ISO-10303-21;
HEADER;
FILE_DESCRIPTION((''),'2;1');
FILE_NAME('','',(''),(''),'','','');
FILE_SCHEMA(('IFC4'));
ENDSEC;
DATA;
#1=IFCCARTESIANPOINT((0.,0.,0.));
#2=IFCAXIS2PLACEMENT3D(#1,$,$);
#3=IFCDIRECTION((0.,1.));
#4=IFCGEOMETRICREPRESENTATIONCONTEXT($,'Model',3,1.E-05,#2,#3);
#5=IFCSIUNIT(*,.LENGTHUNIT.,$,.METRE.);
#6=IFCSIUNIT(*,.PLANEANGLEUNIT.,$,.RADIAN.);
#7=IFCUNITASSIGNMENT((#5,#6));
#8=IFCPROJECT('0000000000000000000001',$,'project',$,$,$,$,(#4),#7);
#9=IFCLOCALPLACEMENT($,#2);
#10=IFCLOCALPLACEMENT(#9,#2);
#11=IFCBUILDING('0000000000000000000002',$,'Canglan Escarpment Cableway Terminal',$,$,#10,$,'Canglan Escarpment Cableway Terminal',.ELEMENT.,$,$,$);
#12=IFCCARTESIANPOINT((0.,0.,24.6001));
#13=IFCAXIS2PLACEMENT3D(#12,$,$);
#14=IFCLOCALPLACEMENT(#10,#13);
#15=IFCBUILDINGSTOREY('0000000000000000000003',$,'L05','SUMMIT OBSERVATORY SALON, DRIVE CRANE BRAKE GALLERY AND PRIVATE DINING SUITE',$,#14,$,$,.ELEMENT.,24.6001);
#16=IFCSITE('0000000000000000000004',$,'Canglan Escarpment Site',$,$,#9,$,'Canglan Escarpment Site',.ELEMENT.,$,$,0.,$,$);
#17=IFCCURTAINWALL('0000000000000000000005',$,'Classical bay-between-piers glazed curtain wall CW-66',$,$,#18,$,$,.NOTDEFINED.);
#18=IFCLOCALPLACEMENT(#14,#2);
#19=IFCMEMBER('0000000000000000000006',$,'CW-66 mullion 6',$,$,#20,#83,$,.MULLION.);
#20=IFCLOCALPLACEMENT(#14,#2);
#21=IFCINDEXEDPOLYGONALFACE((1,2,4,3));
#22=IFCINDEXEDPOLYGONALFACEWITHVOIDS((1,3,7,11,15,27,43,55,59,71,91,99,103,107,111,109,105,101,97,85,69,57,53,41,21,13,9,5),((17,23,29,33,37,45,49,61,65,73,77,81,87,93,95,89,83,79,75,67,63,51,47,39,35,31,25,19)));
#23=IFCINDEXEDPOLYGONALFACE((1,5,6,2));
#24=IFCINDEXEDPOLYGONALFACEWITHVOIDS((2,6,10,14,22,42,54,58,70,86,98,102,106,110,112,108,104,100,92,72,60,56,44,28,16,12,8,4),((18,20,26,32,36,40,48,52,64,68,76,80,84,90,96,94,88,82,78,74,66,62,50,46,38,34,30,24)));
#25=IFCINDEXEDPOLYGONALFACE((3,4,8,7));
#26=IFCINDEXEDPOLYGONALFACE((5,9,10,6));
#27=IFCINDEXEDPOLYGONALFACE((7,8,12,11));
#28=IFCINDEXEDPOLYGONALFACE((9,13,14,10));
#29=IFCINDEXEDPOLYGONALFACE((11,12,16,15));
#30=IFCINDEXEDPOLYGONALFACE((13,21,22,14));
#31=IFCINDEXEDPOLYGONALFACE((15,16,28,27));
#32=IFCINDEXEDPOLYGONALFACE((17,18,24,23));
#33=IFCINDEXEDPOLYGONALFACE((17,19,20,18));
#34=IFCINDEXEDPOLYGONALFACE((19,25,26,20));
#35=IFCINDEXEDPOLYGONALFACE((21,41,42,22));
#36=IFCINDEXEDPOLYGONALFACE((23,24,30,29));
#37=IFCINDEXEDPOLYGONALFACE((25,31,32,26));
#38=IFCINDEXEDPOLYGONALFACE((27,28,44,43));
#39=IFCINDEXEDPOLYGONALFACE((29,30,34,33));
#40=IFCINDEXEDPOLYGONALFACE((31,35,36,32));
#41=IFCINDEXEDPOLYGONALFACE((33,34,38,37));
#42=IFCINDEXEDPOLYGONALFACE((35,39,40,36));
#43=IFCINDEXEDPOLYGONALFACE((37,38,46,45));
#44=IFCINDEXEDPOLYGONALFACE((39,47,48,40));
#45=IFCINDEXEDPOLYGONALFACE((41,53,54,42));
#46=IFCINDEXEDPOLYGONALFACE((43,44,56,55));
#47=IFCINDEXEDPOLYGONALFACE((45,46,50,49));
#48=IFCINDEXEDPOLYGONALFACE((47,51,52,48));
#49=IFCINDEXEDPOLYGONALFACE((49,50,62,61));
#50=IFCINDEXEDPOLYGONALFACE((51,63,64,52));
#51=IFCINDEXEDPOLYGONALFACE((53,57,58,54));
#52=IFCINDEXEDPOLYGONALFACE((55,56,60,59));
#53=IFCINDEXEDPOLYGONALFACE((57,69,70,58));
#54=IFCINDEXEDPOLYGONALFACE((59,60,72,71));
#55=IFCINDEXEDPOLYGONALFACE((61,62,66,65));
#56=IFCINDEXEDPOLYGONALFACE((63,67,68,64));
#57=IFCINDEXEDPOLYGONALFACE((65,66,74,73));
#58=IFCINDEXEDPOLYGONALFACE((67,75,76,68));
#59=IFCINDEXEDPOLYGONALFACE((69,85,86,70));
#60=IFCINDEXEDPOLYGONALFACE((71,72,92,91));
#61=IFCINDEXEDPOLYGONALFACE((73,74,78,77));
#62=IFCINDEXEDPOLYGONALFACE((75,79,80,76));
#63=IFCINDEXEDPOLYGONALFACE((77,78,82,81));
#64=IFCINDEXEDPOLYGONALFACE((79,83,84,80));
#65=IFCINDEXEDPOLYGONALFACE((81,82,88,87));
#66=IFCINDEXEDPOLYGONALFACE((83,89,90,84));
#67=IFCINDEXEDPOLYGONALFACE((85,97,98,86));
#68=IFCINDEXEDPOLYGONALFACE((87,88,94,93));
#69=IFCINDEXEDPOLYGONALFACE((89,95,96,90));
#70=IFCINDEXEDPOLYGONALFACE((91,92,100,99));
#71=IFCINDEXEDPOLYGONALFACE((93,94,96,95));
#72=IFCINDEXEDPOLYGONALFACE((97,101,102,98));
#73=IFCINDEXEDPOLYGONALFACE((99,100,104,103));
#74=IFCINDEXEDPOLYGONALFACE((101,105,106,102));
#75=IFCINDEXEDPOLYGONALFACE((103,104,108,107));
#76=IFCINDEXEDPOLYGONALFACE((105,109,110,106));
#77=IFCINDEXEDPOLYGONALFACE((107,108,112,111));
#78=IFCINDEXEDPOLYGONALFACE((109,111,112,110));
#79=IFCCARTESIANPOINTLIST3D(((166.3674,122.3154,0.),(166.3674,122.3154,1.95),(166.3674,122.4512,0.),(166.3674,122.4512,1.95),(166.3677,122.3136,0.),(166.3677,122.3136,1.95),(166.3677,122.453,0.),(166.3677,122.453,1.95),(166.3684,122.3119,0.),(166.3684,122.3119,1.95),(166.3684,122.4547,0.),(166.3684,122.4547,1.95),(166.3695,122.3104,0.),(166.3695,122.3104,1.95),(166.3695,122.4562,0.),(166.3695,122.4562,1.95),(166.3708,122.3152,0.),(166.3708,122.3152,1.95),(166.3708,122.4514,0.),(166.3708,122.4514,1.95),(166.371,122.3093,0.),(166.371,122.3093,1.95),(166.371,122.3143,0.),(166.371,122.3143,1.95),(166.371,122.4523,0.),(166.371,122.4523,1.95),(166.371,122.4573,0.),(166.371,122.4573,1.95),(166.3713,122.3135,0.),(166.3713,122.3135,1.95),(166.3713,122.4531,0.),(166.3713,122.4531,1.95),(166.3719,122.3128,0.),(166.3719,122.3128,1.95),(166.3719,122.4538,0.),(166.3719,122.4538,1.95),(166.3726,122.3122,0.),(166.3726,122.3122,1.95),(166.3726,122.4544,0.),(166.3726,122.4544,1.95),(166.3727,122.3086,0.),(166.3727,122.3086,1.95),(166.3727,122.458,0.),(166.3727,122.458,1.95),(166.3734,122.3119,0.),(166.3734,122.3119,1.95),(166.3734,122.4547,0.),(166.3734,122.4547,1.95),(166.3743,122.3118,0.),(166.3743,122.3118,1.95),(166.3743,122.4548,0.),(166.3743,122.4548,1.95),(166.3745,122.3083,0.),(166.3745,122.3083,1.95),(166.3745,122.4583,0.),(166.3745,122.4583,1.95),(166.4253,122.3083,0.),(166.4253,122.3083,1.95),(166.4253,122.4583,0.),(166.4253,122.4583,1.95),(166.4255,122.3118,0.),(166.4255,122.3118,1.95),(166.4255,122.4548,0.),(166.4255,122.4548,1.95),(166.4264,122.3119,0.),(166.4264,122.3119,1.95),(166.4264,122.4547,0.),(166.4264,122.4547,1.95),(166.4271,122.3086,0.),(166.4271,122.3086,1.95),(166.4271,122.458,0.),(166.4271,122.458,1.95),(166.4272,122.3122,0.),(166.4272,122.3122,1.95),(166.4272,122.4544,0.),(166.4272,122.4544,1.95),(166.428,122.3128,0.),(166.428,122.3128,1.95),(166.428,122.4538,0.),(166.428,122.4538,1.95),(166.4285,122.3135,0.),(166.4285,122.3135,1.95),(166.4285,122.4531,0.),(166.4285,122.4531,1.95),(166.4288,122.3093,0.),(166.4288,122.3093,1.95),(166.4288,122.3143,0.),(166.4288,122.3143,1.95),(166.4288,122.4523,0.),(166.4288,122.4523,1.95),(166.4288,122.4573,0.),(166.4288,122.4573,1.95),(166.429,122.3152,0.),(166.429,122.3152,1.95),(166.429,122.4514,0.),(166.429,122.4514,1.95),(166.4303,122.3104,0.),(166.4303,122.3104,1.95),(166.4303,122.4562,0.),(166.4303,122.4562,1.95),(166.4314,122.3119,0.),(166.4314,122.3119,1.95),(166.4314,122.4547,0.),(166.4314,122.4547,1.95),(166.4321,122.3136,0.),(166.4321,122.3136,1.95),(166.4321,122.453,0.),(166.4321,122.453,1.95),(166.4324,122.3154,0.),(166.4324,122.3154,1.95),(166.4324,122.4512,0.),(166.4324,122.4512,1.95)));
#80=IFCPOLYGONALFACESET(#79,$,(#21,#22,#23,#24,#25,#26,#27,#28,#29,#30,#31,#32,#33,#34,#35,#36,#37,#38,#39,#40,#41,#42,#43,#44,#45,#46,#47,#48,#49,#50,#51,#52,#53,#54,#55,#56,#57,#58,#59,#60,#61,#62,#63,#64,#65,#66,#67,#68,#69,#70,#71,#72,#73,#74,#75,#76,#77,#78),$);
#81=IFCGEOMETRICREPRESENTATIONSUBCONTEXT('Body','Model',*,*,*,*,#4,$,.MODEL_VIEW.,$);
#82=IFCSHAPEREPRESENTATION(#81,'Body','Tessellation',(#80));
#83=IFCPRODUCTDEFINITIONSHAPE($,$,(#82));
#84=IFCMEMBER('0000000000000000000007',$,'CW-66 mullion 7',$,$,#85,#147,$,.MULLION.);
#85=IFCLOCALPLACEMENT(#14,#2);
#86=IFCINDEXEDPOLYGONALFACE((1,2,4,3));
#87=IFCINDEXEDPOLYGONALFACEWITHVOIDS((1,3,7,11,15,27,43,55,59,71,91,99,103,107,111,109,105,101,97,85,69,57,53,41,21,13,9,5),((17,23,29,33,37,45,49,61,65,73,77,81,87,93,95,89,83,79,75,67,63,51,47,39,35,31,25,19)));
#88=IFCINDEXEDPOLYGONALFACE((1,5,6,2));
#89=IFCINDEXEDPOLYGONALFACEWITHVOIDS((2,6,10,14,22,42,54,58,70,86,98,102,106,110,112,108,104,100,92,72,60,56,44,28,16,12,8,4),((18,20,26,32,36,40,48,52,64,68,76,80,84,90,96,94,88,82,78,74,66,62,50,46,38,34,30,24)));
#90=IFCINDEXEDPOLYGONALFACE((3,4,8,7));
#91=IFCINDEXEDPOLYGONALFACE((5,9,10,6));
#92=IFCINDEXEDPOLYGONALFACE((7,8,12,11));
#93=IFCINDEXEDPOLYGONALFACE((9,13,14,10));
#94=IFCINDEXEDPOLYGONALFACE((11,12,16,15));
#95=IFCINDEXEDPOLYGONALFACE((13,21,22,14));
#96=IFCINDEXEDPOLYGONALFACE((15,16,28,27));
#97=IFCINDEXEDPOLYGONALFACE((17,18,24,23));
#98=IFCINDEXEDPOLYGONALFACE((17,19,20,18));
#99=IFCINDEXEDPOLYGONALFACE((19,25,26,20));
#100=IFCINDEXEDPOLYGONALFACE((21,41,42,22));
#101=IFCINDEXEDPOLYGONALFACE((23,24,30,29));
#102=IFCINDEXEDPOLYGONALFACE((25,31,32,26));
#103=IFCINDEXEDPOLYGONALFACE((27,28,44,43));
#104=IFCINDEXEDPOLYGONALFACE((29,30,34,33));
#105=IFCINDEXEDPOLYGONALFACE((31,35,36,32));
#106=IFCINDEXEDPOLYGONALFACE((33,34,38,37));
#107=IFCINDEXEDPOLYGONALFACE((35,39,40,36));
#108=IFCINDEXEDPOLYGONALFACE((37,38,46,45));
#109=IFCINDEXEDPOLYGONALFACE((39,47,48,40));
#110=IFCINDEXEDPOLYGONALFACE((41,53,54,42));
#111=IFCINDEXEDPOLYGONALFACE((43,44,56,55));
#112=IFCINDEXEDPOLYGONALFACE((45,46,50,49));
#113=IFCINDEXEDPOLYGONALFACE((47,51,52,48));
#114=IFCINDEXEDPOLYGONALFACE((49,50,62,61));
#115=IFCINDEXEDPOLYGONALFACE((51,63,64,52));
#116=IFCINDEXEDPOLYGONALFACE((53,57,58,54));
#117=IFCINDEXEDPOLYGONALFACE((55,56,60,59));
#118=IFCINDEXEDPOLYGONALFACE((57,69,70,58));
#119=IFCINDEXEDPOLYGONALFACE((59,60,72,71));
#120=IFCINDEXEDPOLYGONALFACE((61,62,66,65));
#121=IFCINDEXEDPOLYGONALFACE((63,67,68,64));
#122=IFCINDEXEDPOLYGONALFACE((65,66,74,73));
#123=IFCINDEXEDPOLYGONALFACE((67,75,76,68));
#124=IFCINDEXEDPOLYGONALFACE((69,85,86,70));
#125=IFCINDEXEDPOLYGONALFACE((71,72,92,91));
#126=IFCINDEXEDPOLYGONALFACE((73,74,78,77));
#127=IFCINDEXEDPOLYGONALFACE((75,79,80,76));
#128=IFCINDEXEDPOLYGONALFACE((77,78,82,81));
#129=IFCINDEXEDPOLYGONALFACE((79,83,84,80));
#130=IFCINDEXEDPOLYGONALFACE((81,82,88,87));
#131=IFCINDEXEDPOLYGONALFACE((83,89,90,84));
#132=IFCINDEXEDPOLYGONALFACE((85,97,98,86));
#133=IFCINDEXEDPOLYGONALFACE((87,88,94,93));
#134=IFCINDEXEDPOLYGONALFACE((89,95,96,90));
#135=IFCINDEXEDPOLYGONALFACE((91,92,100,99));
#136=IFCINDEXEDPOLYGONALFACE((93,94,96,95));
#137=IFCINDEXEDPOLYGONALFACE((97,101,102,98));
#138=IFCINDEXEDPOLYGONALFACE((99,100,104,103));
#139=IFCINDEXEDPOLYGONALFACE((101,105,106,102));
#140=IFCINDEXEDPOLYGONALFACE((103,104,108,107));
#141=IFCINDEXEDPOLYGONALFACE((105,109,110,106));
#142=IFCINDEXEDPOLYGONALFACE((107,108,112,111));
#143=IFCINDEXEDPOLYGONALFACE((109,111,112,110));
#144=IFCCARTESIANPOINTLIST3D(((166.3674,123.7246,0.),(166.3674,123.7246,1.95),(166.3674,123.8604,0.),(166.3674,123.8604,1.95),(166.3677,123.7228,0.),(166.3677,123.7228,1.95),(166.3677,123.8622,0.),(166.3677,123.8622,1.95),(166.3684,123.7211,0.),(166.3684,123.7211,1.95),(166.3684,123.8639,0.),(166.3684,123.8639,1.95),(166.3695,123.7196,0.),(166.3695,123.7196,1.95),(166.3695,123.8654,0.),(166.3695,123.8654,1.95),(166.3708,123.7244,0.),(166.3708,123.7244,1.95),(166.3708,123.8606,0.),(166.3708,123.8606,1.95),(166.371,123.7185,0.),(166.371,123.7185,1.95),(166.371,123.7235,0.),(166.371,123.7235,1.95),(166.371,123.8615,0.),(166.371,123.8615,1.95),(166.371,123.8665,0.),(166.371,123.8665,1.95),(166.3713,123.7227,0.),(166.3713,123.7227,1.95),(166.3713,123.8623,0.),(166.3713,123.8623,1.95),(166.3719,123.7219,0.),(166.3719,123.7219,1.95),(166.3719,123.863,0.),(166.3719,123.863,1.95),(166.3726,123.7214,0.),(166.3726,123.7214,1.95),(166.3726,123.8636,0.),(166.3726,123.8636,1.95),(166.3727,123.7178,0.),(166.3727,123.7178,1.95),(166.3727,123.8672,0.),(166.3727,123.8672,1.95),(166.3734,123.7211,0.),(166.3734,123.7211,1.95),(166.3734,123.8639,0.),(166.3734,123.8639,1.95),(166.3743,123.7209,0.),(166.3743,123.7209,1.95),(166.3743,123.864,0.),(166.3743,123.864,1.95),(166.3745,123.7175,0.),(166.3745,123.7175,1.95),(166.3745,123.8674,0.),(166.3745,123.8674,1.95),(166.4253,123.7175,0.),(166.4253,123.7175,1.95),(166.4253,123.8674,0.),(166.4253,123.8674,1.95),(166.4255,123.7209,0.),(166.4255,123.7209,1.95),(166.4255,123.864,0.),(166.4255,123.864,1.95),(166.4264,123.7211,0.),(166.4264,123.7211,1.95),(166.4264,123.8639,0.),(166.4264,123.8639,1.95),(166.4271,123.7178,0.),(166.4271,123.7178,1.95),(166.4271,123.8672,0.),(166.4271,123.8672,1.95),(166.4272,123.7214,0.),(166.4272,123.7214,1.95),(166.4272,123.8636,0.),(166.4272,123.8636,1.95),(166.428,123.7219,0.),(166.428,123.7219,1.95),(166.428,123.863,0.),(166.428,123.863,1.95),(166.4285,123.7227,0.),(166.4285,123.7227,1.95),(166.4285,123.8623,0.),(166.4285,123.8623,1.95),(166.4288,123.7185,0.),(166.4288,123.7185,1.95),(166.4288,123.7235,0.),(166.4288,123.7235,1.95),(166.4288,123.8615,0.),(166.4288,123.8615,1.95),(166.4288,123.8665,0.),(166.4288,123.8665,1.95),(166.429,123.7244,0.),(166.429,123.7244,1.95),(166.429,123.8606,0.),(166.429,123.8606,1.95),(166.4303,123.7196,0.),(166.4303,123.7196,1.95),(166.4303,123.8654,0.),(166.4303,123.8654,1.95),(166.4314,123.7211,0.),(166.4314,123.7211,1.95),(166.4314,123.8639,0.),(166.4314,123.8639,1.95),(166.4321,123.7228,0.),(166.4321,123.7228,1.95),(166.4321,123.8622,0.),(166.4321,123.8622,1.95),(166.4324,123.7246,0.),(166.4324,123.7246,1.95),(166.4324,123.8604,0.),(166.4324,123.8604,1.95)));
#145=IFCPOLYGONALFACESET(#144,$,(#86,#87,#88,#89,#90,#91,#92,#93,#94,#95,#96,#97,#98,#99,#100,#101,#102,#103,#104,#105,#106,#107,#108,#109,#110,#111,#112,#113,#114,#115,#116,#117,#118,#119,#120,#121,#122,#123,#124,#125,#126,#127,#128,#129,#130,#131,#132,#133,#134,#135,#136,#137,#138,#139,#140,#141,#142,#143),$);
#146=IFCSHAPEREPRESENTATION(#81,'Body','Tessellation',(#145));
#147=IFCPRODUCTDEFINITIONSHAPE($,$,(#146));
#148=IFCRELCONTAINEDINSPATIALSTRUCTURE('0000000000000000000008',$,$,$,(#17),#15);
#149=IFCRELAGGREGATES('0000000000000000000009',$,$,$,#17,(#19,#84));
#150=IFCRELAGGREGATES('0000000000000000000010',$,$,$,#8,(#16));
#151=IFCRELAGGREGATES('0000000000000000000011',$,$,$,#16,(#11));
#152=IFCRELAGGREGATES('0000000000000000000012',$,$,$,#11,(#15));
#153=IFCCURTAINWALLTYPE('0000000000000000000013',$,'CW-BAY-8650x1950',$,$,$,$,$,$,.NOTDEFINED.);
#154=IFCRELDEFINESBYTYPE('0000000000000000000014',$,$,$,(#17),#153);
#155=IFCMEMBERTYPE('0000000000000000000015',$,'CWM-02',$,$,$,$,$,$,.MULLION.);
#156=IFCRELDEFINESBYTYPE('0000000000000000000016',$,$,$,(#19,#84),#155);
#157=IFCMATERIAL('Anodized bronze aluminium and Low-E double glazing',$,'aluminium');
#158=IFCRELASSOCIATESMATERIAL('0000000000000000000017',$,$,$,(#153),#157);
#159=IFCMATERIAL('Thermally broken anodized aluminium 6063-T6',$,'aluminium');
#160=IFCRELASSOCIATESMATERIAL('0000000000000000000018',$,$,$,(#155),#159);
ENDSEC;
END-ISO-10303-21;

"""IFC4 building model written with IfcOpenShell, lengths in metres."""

from ifc_helpers import new_model, si_unit, direction, frame, origin, origin_2d, place, context, subcontext, project, spatial, hollow_rectangle, extrude, material, material_profile, profile_set, type_object, element, aggregate, save


model = new_model("IFC4")

# Units and contexts
model_context = context("Model", 3, precision=1e-05, world=origin(), true_north=direction((0.0, 1.0)))
body_context = subcontext(model_context, "Body", "Model", "MODEL_VIEW")
ifc_project = project(units=[si_unit("LENGTHUNIT", "METRE"), si_unit("PLANEANGLEUNIT", "RADIAN")], contexts=[model_context])

# Site, building, storey
site_placement = place(None, origin())
site = spatial("IfcSite", under=ifc_project, at=site_placement, Name="Canglan Escarpment Site", LongName="Canglan Escarpment Site", CompositionType="ELEMENT", RefElevation=0.0)
building_placement = place(site_placement, origin())
building = spatial("IfcBuilding", under=site, at=building_placement, Name="Canglan Escarpment Cableway Terminal", LongName="Canglan Escarpment Cableway Terminal", CompositionType="ELEMENT")
storey_placement = place(building_placement, frame((0.0, 0.0, 24.6001)))
storey = spatial("IfcBuildingStorey", under=building, at=storey_placement, Name="L05", Description="SUMMIT OBSERVATORY SALON, DRIVE CRANE BRAKE GALLERY AND PRIVATE DINING SUITE", CompositionType="ELEMENT", Elevation=24.6001)

# Curtain wall, members
ifc_material_1 = material(Name="Anodized bronze aluminium and Low-E double glazing", Category="aluminium")
curtain_wall_type = type_object("IfcCurtainWallType", Name="CW-BAY-8650x1950", PredefinedType="NOTDEFINED", material=ifc_material_1)
curtain_wall_placement = place(storey_placement, origin())
curtain_wall = element("IfcCurtainWall", 1, at=curtain_wall_placement, inside=storey, type_object=curtain_wall_type, Name="Classical bay-between-piers glazed curtain wall CW-66", PredefinedType="NOTDEFINED")
ifc_material_2 = material(Name="Thermally broken anodized aluminium 6063-T6", Category="aluminium")
ifc_material_profile_1 = material_profile(ifc_material_2, hollow_rectangle(XDim=0.0649, YDim=0.1499, WallThickness=0.0034, InnerFilletRadius=0.0034, OuterFilletRadius=0.0071, at=origin_2d()), Name="ALU-MULL 65x150x3.5")
ifc_profile_set_1 = profile_set([ifc_material_profile_1], Name="Thermally broken anodized aluminium 6063-T6")
member_type_1 = type_object("IfcMemberType", Name="CWM-02", PredefinedType="MULLION", material=ifc_profile_set_1)
member_1_placement = place(storey_placement, frame((166.3999, 122.3833, 0.0), z_axis=(0.0, 0.0, 1.0), x_axis=(-1.0, 0.0, 0.0)))
member_1 = element("IfcMember", 2, at=member_1_placement, type_object=member_type_1, Name="CW-66 mullion 6", PredefinedType="MULLION", context=body_context, shape_type="SweptSolid", body=[
    extrude(hollow_rectangle(XDim=0.0649, YDim=0.1499, WallThickness=0.0034, InnerFilletRadius=0.0034, OuterFilletRadius=0.0071, at=origin_2d()), origin(), (0.0, 0.0, 1.0), 1.95),
])
member_2_placement = place(storey_placement, frame((166.3999, 123.7925, 0.0), z_axis=(0.0, 0.0, 1.0), x_axis=(-1.0, 0.0, 0.0)))
member_2 = element("IfcMember", 3, at=member_2_placement, type_object=member_type_1, Name="CW-66 mullion 7", PredefinedType="MULLION", context=body_context, shape_type="SweptSolid", body=[
    extrude(hollow_rectangle(XDim=0.0649, YDim=0.1499, WallThickness=0.0034, InnerFilletRadius=0.0034, OuterFilletRadius=0.0071, at=origin_2d()), origin(), (0.0, 0.0, 1.0), 1.95),
])

aggregate(curtain_wall, [member_1, member_2])

save(model, "model.ifc")
